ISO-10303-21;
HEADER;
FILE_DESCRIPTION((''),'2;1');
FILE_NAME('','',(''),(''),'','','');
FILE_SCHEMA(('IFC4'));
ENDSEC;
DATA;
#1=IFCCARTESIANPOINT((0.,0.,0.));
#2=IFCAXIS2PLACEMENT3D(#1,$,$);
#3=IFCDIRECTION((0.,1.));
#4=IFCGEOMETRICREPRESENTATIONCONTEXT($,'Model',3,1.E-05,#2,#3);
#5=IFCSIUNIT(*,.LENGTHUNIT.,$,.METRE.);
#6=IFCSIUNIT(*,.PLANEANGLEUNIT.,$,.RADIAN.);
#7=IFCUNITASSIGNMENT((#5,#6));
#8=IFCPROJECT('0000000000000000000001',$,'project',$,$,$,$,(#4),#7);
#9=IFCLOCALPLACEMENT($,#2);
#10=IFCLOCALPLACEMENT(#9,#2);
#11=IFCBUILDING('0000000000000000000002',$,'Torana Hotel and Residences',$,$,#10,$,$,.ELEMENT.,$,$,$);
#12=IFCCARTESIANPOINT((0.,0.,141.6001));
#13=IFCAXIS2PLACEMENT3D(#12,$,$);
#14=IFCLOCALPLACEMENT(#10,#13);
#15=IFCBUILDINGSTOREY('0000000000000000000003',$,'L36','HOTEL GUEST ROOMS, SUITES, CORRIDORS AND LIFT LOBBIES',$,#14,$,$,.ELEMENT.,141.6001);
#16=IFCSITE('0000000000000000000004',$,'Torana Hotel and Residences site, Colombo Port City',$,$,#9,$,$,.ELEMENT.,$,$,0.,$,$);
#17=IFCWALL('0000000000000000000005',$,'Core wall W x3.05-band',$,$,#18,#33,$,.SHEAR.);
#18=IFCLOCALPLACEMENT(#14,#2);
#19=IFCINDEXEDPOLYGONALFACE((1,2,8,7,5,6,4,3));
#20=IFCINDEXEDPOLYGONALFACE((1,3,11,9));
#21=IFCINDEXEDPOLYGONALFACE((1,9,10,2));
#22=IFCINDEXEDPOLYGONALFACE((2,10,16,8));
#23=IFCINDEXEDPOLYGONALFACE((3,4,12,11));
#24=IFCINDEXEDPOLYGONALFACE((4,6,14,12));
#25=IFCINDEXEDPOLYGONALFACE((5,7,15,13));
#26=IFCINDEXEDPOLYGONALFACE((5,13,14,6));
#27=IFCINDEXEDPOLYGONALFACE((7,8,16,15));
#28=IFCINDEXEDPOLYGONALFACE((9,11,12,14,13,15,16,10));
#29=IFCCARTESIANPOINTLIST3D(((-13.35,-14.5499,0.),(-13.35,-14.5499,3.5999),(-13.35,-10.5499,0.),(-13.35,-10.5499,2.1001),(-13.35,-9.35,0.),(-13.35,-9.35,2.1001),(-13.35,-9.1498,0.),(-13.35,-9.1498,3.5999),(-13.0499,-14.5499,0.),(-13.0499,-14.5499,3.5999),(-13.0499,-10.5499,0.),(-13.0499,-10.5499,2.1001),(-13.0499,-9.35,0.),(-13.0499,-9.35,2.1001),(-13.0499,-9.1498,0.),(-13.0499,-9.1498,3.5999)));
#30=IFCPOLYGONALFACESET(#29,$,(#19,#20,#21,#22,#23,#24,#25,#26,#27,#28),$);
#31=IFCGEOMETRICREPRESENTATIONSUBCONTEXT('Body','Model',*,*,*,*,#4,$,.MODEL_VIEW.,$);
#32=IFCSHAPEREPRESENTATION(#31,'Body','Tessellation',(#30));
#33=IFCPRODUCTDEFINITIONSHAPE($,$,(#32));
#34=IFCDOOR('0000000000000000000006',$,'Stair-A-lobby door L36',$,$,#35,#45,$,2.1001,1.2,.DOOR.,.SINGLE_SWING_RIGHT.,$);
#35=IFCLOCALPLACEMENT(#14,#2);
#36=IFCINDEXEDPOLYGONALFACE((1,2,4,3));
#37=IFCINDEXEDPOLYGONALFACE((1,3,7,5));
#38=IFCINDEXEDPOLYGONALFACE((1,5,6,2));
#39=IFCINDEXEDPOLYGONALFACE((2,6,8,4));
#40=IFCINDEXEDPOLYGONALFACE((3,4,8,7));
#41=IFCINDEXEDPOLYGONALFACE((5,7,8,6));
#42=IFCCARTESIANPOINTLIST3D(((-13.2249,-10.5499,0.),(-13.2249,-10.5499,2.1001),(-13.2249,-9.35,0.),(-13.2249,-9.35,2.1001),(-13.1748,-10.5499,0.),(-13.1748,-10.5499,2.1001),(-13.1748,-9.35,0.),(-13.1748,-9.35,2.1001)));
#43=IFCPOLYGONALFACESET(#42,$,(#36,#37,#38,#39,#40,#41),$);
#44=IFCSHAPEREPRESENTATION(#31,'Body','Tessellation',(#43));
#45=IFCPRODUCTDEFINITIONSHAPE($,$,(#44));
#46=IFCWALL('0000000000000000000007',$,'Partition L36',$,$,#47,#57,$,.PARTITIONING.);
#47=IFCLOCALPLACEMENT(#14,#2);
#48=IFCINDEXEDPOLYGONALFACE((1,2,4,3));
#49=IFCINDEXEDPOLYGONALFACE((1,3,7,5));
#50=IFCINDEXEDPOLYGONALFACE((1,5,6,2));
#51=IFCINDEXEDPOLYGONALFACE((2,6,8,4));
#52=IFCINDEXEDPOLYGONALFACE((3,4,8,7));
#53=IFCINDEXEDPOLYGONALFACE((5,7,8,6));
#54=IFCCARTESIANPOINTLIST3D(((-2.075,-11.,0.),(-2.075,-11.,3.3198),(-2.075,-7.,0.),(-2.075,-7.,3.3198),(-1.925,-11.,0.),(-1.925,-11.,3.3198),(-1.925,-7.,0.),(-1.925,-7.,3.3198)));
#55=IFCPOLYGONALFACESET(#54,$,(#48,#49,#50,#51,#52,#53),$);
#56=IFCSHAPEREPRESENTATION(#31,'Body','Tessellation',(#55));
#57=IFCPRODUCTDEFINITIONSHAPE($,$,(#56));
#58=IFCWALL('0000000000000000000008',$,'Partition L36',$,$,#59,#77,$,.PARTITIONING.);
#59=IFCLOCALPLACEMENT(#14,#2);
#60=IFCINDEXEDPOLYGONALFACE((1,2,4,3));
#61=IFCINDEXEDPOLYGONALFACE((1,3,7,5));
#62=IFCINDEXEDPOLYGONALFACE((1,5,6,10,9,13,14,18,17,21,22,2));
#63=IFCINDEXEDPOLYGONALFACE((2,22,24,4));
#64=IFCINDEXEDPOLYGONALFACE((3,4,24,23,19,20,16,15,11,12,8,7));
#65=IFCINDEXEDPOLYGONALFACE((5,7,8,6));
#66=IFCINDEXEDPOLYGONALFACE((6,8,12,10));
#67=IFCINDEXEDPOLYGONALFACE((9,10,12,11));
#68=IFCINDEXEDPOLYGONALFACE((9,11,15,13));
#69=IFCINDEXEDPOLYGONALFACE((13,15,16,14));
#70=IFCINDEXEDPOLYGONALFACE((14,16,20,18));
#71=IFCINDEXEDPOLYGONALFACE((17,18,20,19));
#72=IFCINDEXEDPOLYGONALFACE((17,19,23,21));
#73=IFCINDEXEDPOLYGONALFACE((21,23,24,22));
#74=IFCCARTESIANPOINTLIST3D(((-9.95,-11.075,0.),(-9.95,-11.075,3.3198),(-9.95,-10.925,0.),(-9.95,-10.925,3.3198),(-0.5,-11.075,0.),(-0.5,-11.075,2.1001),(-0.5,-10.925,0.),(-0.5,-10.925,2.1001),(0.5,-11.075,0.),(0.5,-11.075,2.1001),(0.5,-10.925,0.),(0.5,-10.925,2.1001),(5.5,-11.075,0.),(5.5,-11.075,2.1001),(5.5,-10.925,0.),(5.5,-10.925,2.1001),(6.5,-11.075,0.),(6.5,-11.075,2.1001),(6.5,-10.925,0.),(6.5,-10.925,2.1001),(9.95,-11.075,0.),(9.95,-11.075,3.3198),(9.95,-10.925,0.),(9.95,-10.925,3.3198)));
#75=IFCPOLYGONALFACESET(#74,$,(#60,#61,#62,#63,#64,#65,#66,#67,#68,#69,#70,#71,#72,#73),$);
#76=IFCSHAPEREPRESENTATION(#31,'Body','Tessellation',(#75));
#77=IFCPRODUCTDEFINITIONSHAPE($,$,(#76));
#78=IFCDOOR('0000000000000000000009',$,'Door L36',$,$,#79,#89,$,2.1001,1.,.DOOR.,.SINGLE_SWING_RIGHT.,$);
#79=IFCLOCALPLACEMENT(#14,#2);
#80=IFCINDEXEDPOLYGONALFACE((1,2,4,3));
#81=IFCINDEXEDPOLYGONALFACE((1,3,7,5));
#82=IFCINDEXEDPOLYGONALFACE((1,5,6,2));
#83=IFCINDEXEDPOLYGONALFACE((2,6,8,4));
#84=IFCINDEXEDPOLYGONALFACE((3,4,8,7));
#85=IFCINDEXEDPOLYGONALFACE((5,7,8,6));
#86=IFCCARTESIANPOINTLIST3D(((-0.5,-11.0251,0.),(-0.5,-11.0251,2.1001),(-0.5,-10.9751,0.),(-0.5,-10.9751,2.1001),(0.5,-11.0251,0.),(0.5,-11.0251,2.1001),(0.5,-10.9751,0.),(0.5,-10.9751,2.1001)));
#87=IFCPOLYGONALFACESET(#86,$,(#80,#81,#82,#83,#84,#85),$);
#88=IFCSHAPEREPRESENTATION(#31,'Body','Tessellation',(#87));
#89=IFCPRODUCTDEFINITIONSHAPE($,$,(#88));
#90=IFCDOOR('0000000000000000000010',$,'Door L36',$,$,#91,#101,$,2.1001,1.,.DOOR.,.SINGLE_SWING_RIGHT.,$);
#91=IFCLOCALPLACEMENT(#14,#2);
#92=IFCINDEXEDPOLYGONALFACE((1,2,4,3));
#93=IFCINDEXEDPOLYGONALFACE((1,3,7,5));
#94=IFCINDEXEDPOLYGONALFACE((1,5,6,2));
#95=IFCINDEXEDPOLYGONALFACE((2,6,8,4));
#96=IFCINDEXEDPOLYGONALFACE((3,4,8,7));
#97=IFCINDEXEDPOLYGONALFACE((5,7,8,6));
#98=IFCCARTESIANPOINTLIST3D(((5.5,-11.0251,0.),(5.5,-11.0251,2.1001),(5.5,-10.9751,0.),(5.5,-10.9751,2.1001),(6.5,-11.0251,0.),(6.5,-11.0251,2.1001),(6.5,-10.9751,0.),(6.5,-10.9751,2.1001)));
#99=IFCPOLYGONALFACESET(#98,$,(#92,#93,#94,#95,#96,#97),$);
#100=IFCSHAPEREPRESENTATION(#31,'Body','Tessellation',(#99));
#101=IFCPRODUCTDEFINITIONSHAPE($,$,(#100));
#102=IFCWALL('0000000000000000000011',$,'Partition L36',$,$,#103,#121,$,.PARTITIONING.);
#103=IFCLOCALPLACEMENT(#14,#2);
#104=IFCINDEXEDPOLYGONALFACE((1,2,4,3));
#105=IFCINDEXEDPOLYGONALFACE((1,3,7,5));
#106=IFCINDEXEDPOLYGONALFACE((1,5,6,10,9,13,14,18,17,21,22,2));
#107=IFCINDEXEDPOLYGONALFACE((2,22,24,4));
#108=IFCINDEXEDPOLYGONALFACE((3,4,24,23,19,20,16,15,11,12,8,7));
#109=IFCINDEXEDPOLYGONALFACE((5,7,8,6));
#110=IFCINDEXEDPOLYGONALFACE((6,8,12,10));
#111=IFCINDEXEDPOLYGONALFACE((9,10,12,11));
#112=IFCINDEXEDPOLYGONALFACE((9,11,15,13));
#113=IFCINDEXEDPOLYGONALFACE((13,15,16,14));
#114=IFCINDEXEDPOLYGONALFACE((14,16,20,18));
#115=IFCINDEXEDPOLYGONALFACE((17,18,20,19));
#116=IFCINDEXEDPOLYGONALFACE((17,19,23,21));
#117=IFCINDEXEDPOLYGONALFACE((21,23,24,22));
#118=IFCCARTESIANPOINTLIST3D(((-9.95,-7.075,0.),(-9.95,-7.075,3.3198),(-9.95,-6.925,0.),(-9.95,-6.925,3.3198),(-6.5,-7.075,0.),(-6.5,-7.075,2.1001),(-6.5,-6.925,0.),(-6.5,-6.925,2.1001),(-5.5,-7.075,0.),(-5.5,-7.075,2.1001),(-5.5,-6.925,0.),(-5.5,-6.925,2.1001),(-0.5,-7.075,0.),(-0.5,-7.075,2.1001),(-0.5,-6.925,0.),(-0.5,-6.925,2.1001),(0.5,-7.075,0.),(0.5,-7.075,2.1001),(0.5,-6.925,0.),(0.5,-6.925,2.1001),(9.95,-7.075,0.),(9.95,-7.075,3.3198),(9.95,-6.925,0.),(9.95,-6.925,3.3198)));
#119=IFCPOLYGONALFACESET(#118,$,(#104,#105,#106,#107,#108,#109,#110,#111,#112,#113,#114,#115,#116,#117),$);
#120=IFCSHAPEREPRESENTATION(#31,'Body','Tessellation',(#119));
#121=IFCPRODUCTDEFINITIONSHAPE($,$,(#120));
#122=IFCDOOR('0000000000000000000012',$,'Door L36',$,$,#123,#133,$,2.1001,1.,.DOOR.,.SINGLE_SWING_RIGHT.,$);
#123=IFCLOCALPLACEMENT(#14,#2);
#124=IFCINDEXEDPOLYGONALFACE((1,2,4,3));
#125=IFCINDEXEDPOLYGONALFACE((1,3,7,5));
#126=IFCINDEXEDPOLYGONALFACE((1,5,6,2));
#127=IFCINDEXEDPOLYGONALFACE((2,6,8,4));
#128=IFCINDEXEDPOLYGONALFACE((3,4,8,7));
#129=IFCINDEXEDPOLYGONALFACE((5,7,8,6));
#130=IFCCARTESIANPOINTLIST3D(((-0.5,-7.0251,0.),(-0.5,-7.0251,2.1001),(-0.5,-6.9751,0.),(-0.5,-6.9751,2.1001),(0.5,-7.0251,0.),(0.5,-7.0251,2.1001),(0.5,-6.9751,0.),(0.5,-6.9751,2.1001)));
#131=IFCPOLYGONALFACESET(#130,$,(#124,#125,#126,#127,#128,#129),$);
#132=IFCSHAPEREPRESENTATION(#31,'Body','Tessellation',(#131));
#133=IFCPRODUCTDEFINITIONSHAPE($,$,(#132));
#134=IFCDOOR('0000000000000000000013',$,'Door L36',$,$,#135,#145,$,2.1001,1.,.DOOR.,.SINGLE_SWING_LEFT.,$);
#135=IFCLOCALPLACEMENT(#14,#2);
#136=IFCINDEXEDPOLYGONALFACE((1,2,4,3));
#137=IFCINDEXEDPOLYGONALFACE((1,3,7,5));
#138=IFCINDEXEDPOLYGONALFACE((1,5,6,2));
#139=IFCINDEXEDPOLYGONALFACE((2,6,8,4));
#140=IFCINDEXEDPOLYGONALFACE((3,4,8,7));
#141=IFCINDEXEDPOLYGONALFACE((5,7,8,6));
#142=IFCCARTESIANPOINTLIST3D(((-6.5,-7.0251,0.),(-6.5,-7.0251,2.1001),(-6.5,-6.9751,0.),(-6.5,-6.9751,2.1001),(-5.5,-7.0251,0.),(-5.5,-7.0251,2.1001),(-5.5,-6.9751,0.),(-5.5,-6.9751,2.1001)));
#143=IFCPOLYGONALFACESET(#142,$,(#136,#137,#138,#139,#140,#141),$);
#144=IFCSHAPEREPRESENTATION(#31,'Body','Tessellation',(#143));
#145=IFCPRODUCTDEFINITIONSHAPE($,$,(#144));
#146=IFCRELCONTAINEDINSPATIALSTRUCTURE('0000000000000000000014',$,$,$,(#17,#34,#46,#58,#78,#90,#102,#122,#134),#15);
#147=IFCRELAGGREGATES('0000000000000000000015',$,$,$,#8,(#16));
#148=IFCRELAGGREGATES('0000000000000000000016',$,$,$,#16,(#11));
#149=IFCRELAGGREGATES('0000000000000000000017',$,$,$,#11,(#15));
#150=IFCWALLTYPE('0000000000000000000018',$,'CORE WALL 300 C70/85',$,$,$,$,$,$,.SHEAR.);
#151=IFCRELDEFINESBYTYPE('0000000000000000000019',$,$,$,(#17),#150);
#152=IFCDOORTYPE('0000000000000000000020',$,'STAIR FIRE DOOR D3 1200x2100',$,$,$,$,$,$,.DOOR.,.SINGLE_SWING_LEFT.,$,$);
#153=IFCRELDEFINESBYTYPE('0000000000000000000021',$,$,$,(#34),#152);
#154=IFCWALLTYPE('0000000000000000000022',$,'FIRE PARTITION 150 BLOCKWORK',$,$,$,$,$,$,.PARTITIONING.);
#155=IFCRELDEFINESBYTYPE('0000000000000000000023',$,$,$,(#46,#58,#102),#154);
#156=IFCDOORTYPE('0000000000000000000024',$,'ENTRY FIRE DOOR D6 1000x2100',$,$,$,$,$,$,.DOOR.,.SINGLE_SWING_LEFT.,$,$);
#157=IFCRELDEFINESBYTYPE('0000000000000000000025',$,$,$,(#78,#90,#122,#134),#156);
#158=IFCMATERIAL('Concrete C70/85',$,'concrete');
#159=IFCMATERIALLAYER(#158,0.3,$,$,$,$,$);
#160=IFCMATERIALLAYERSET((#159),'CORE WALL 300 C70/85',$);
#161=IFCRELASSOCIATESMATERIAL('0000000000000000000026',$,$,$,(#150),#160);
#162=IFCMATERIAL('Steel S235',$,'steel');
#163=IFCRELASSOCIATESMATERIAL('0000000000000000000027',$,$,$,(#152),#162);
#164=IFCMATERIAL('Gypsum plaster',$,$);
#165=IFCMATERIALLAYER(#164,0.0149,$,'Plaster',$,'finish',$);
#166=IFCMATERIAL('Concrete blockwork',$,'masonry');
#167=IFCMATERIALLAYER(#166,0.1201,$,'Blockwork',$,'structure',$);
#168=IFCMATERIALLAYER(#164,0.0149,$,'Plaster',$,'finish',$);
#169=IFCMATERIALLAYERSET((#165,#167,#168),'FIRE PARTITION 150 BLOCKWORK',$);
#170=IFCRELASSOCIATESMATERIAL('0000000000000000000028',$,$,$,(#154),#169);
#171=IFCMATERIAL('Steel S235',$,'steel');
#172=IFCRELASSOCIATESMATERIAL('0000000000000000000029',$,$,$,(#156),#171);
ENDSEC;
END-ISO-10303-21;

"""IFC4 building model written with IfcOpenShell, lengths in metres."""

from ifc_helpers import new_model, si_unit, direction, frame, frame_2d, origin, place, context, subcontext, project, spatial, rectangle, extrude, material, layer, layer_set, type_object, element, fill, save


model = new_model("IFC4")

# Units and contexts
model_context = context("Model", 3, precision=1e-05, world=origin(), true_north=direction((0.0, 1.0)))
body_context = subcontext(model_context, "Body", "Model", "MODEL_VIEW")
ifc_project = project(units=[si_unit("LENGTHUNIT", "METRE"), si_unit("PLANEANGLEUNIT", "RADIAN")], contexts=[model_context])

# Site, building, storey
site_placement = place(None, origin())
site = spatial("IfcSite", under=ifc_project, at=site_placement, Name="Torana Hotel and Residences site, Colombo Port City", CompositionType="ELEMENT", RefElevation=0.0)
building_placement = place(site_placement, origin())
building = spatial("IfcBuilding", under=site, at=building_placement, Name="Torana Hotel and Residences", CompositionType="ELEMENT")
storey_placement = place(building_placement, frame((0.0, 0.0, 141.6001)))
storey = spatial("IfcBuildingStorey", under=building, at=storey_placement, Name="L36", Description="HOTEL GUEST ROOMS, SUITES, CORRIDORS AND LIFT LOBBIES", CompositionType="ELEMENT", Elevation=141.6001)

# Shared definitions
ifc_material_1 = material(Name="Concrete C70/85", Category="concrete")
ifc_layer_1 = layer(ifc_material_1, 0.3)
ifc_layer_set_1 = layer_set([ifc_layer_1], Name="CORE WALL 300 C70/85")
wall_type_1 = type_object("IfcWallType", Name="CORE WALL 300 C70/85", PredefinedType="SHEAR", material=ifc_layer_set_1)

# Wall, opening, door
wall_1_placement = place(storey_placement, frame((-13.2, -14.55, 0.0), z_axis=(0.0, 0.0, 1.0), x_axis=(0.0, 1.0, 0.0)))
wall_1 = element("IfcWall", 1, at=wall_1_placement, inside=storey, type_object=wall_type_1, Name="Core wall W x3.05-band", PredefinedType="SHEAR", context=body_context, shape_type="SweptSolid", body=[
    extrude(rectangle(XDim=5.4001, YDim=0.3, at=frame_2d((2.7002, 0.0))), origin(), (0.0, 0.0, 1.0), 3.5999),
])
opening_1_placement = place(wall_1_placement, frame((4.0, 0.0, 0.0)))
opening_1 = element("IfcOpeningElement", 2, at=opening_1_placement, cuts=wall_1, PredefinedType="OPENING", context=body_context, shape_type="SweptSolid", body=[
    extrude(rectangle(XDim=1.2, YDim=2.1001, at=frame_2d((0.6001, 1.05))), frame((0.0, 0.1599, 0.0), z_axis=(0.0, -1.0, 0.0), x_axis=(1.0, 0.0, 0.0)), (0.0, 0.0, 1.0), 0.3201),
])
ifc_material_2 = material(Name="Steel S235", Category="steel")
door_type_1 = type_object("IfcDoorType", Name="STAIR FIRE DOOR D3 1200x2100", OperationType="SINGLE_SWING_LEFT", PredefinedType="DOOR", material=ifc_material_2)
door_1_placement = place(opening_1_placement, frame((0.6001, 0.0, 0.0), z_axis=(0.0, 0.0, 1.0), x_axis=(-1.0, 0.0, 0.0)))
door_1 = element("IfcDoor", 3, at=door_1_placement, inside=storey, type_object=door_type_1, Name="Stair-A-lobby door L36", OperationType="SINGLE_SWING_RIGHT", OverallHeight=2.1001, OverallWidth=1.2, PredefinedType="DOOR", context=body_context, shape_type="SweptSolid", body=[
    extrude(rectangle(XDim=1.2, YDim=2.1001, at=frame_2d((0.0, 1.05))), frame((0.0, -0.0249, 0.0), z_axis=(0.0, 1.0, 0.0), x_axis=(-1.0, 0.0, 0.0)), (0.0, 0.0, 1.0), 0.05),
])
fill(opening_1, door_1)

# Wall
ifc_material_3 = material(Name="Gypsum plaster")
ifc_layer_2 = layer(ifc_material_3, 0.0149, Name="Plaster", Category="finish")
ifc_material_4 = material(Name="Concrete blockwork", Category="masonry")
ifc_layer_3 = layer(ifc_material_4, 0.1201, Name="Blockwork", Category="structure")
ifc_layer_4 = layer(ifc_material_3, 0.0149, Name="Plaster", Category="finish")
ifc_layer_set_2 = layer_set([ifc_layer_2, ifc_layer_3, ifc_layer_4], Name="FIRE PARTITION 150 BLOCKWORK")
wall_type_2 = type_object("IfcWallType", Name="FIRE PARTITION 150 BLOCKWORK", PredefinedType="PARTITIONING", material=ifc_layer_set_2)
wall_2_placement = place(storey_placement, frame((-2.0, -11.0, 0.0), z_axis=(0.0, 0.0, 1.0), x_axis=(0.0, 1.0, 0.0)))
element("IfcWall", 4, at=wall_2_placement, inside=storey, type_object=wall_type_2, Name="Partition L36", PredefinedType="PARTITIONING", context=body_context, shape_type="SweptSolid", body=[
    extrude(rectangle(XDim=4.0, YDim=0.1499, at=frame_2d((2.0, 0.0))), origin(), (0.0, 0.0, 1.0), 3.3198),
])

# Walls, openings, doors
wall_3_placement = place(storey_placement, frame((-9.95, -11.0, 0.0), z_axis=(0.0, 0.0, 1.0), x_axis=(1.0, 0.0, 0.0)))
wall_3 = element("IfcWall", 5, at=wall_3_placement, inside=storey, type_object=wall_type_2, Name="Partition L36", PredefinedType="PARTITIONING", context=body_context, shape_type="SweptSolid", body=[
    extrude(rectangle(XDim=19.8999, YDim=0.1499, at=frame_2d((9.95, 0.0))), origin(), (0.0, 0.0, 1.0), 3.3198),
])
opening_2_placement = place(wall_3_placement, frame((9.45, 0.0, 0.0)))
opening_2 = element("IfcOpeningElement", 6, at=opening_2_placement, cuts=wall_3, PredefinedType="OPENING", context=body_context, shape_type="SweptSolid", body=[
    extrude(rectangle(XDim=1.0, YDim=2.1001, at=frame_2d((0.5, 1.05))), frame((0.0, 0.085, 0.0), z_axis=(0.0, -1.0, 0.0), x_axis=(1.0, 0.0, 0.0)), (0.0, 0.0, 1.0), 0.1699),
])
opening_3_placement = place(wall_3_placement, frame((15.45, 0.0, 0.0)))
opening_3 = element("IfcOpeningElement", 7, at=opening_3_placement, cuts=wall_3, PredefinedType="OPENING", context=body_context, shape_type="SweptSolid", body=[
    extrude(rectangle(XDim=1.0, YDim=2.1001, at=frame_2d((0.5, 1.05))), frame((0.0, 0.085, 0.0), z_axis=(0.0, -1.0, 0.0), x_axis=(1.0, 0.0, 0.0)), (0.0, 0.0, 1.0), 0.1699),
])
ifc_material_5 = material(Name="Steel S235", Category="steel")
door_type_2 = type_object("IfcDoorType", Name="ENTRY FIRE DOOR D6 1000x2100", OperationType="SINGLE_SWING_LEFT", PredefinedType="DOOR", material=ifc_material_5)
door_2_placement = place(opening_2_placement, origin())
door_2 = element("IfcDoor", 8, at=door_2_placement, inside=storey, type_object=door_type_2, Name="Door L36", OperationType="SINGLE_SWING_RIGHT", OverallHeight=2.1001, OverallWidth=1.0, PredefinedType="DOOR", context=body_context, shape_type="SweptSolid", body=[
    extrude(rectangle(XDim=1.0, YDim=2.1001, at=frame_2d((0.5, 1.05))), frame((0.0, 0.0249, 0.0), z_axis=(0.0, -1.0, 0.0), x_axis=(1.0, 0.0, 0.0)), (0.0, 0.0, 1.0), 0.05),
])
fill(opening_2, door_2)
door_3_placement = place(opening_3_placement, origin())
door_3 = element("IfcDoor", 9, at=door_3_placement, inside=storey, type_object=door_type_2, Name="Door L36", OperationType="SINGLE_SWING_RIGHT", OverallHeight=2.1001, OverallWidth=1.0, PredefinedType="DOOR", context=body_context, shape_type="SweptSolid", body=[
    extrude(rectangle(XDim=1.0, YDim=2.1001, at=frame_2d((0.5, 1.05))), frame((0.0, 0.0249, 0.0), z_axis=(0.0, -1.0, 0.0), x_axis=(1.0, 0.0, 0.0)), (0.0, 0.0, 1.0), 0.05),
])
fill(opening_3, door_3)
wall_4_placement = place(storey_placement, frame((-9.95, -7.0, 0.0), z_axis=(0.0, 0.0, 1.0), x_axis=(1.0, 0.0, 0.0)))
wall_4 = element("IfcWall", 10, at=wall_4_placement, inside=storey, type_object=wall_type_2, Name="Partition L36", PredefinedType="PARTITIONING", context=body_context, shape_type="SweptSolid", body=[
    extrude(rectangle(XDim=19.8999, YDim=0.1499, at=frame_2d((9.95, 0.0))), origin(), (0.0, 0.0, 1.0), 3.3198),
])
opening_4_placement = place(wall_4_placement, frame((9.45, 0.0, 0.0)))
opening_4 = element("IfcOpeningElement", 11, at=opening_4_placement, cuts=wall_4, PredefinedType="OPENING", context=body_context, shape_type="SweptSolid", body=[
    extrude(rectangle(XDim=1.0, YDim=2.1001, at=frame_2d((0.5, 1.05))), frame((0.0, 0.085, 0.0), z_axis=(0.0, -1.0, 0.0), x_axis=(1.0, 0.0, 0.0)), (0.0, 0.0, 1.0), 0.1699),
])
opening_5_placement = place(wall_4_placement, frame((3.45, 0.0, 0.0)))
opening_5 = element("IfcOpeningElement", 12, at=opening_5_placement, cuts=wall_4, PredefinedType="OPENING", context=body_context, shape_type="SweptSolid", body=[
    extrude(rectangle(XDim=1.0, YDim=2.1001, at=frame_2d((0.5, 1.05))), frame((0.0, 0.085, 0.0), z_axis=(0.0, -1.0, 0.0), x_axis=(1.0, 0.0, 0.0)), (0.0, 0.0, 1.0), 0.1699),
])
door_4_placement = place(opening_4_placement, origin())
door_4 = element("IfcDoor", 13, at=door_4_placement, inside=storey, type_object=door_type_2, Name="Door L36", OperationType="SINGLE_SWING_RIGHT", OverallHeight=2.1001, OverallWidth=1.0, PredefinedType="DOOR", context=body_context, shape_type="SweptSolid", body=[
    extrude(rectangle(XDim=1.0, YDim=2.1001, at=frame_2d((0.5, 1.05))), frame((0.0, 0.0249, 0.0), z_axis=(0.0, -1.0, 0.0), x_axis=(1.0, 0.0, 0.0)), (0.0, 0.0, 1.0), 0.05),
])
fill(opening_4, door_4)
door_5_placement = place(opening_5_placement, frame((0.5, 0.0, 0.0), z_axis=(0.0, 0.0, 1.0), x_axis=(-1.0, 0.0, 0.0)))
door_5 = element("IfcDoor", 14, at=door_5_placement, inside=storey, type_object=door_type_2, Name="Door L36", OperationType="SINGLE_SWING_LEFT", OverallHeight=2.1001, OverallWidth=1.0, PredefinedType="DOOR", context=body_context, shape_type="SweptSolid", body=[
    extrude(rectangle(XDim=1.0, YDim=2.1001, at=frame_2d((0.0, 1.05))), frame((0.0, -0.0249, 0.0), z_axis=(0.0, 1.0, 0.0), x_axis=(-1.0, 0.0, 0.0)), (0.0, 0.0, 1.0), 0.05),
])
fill(opening_5, door_5)

save(model, "model.ifc")
